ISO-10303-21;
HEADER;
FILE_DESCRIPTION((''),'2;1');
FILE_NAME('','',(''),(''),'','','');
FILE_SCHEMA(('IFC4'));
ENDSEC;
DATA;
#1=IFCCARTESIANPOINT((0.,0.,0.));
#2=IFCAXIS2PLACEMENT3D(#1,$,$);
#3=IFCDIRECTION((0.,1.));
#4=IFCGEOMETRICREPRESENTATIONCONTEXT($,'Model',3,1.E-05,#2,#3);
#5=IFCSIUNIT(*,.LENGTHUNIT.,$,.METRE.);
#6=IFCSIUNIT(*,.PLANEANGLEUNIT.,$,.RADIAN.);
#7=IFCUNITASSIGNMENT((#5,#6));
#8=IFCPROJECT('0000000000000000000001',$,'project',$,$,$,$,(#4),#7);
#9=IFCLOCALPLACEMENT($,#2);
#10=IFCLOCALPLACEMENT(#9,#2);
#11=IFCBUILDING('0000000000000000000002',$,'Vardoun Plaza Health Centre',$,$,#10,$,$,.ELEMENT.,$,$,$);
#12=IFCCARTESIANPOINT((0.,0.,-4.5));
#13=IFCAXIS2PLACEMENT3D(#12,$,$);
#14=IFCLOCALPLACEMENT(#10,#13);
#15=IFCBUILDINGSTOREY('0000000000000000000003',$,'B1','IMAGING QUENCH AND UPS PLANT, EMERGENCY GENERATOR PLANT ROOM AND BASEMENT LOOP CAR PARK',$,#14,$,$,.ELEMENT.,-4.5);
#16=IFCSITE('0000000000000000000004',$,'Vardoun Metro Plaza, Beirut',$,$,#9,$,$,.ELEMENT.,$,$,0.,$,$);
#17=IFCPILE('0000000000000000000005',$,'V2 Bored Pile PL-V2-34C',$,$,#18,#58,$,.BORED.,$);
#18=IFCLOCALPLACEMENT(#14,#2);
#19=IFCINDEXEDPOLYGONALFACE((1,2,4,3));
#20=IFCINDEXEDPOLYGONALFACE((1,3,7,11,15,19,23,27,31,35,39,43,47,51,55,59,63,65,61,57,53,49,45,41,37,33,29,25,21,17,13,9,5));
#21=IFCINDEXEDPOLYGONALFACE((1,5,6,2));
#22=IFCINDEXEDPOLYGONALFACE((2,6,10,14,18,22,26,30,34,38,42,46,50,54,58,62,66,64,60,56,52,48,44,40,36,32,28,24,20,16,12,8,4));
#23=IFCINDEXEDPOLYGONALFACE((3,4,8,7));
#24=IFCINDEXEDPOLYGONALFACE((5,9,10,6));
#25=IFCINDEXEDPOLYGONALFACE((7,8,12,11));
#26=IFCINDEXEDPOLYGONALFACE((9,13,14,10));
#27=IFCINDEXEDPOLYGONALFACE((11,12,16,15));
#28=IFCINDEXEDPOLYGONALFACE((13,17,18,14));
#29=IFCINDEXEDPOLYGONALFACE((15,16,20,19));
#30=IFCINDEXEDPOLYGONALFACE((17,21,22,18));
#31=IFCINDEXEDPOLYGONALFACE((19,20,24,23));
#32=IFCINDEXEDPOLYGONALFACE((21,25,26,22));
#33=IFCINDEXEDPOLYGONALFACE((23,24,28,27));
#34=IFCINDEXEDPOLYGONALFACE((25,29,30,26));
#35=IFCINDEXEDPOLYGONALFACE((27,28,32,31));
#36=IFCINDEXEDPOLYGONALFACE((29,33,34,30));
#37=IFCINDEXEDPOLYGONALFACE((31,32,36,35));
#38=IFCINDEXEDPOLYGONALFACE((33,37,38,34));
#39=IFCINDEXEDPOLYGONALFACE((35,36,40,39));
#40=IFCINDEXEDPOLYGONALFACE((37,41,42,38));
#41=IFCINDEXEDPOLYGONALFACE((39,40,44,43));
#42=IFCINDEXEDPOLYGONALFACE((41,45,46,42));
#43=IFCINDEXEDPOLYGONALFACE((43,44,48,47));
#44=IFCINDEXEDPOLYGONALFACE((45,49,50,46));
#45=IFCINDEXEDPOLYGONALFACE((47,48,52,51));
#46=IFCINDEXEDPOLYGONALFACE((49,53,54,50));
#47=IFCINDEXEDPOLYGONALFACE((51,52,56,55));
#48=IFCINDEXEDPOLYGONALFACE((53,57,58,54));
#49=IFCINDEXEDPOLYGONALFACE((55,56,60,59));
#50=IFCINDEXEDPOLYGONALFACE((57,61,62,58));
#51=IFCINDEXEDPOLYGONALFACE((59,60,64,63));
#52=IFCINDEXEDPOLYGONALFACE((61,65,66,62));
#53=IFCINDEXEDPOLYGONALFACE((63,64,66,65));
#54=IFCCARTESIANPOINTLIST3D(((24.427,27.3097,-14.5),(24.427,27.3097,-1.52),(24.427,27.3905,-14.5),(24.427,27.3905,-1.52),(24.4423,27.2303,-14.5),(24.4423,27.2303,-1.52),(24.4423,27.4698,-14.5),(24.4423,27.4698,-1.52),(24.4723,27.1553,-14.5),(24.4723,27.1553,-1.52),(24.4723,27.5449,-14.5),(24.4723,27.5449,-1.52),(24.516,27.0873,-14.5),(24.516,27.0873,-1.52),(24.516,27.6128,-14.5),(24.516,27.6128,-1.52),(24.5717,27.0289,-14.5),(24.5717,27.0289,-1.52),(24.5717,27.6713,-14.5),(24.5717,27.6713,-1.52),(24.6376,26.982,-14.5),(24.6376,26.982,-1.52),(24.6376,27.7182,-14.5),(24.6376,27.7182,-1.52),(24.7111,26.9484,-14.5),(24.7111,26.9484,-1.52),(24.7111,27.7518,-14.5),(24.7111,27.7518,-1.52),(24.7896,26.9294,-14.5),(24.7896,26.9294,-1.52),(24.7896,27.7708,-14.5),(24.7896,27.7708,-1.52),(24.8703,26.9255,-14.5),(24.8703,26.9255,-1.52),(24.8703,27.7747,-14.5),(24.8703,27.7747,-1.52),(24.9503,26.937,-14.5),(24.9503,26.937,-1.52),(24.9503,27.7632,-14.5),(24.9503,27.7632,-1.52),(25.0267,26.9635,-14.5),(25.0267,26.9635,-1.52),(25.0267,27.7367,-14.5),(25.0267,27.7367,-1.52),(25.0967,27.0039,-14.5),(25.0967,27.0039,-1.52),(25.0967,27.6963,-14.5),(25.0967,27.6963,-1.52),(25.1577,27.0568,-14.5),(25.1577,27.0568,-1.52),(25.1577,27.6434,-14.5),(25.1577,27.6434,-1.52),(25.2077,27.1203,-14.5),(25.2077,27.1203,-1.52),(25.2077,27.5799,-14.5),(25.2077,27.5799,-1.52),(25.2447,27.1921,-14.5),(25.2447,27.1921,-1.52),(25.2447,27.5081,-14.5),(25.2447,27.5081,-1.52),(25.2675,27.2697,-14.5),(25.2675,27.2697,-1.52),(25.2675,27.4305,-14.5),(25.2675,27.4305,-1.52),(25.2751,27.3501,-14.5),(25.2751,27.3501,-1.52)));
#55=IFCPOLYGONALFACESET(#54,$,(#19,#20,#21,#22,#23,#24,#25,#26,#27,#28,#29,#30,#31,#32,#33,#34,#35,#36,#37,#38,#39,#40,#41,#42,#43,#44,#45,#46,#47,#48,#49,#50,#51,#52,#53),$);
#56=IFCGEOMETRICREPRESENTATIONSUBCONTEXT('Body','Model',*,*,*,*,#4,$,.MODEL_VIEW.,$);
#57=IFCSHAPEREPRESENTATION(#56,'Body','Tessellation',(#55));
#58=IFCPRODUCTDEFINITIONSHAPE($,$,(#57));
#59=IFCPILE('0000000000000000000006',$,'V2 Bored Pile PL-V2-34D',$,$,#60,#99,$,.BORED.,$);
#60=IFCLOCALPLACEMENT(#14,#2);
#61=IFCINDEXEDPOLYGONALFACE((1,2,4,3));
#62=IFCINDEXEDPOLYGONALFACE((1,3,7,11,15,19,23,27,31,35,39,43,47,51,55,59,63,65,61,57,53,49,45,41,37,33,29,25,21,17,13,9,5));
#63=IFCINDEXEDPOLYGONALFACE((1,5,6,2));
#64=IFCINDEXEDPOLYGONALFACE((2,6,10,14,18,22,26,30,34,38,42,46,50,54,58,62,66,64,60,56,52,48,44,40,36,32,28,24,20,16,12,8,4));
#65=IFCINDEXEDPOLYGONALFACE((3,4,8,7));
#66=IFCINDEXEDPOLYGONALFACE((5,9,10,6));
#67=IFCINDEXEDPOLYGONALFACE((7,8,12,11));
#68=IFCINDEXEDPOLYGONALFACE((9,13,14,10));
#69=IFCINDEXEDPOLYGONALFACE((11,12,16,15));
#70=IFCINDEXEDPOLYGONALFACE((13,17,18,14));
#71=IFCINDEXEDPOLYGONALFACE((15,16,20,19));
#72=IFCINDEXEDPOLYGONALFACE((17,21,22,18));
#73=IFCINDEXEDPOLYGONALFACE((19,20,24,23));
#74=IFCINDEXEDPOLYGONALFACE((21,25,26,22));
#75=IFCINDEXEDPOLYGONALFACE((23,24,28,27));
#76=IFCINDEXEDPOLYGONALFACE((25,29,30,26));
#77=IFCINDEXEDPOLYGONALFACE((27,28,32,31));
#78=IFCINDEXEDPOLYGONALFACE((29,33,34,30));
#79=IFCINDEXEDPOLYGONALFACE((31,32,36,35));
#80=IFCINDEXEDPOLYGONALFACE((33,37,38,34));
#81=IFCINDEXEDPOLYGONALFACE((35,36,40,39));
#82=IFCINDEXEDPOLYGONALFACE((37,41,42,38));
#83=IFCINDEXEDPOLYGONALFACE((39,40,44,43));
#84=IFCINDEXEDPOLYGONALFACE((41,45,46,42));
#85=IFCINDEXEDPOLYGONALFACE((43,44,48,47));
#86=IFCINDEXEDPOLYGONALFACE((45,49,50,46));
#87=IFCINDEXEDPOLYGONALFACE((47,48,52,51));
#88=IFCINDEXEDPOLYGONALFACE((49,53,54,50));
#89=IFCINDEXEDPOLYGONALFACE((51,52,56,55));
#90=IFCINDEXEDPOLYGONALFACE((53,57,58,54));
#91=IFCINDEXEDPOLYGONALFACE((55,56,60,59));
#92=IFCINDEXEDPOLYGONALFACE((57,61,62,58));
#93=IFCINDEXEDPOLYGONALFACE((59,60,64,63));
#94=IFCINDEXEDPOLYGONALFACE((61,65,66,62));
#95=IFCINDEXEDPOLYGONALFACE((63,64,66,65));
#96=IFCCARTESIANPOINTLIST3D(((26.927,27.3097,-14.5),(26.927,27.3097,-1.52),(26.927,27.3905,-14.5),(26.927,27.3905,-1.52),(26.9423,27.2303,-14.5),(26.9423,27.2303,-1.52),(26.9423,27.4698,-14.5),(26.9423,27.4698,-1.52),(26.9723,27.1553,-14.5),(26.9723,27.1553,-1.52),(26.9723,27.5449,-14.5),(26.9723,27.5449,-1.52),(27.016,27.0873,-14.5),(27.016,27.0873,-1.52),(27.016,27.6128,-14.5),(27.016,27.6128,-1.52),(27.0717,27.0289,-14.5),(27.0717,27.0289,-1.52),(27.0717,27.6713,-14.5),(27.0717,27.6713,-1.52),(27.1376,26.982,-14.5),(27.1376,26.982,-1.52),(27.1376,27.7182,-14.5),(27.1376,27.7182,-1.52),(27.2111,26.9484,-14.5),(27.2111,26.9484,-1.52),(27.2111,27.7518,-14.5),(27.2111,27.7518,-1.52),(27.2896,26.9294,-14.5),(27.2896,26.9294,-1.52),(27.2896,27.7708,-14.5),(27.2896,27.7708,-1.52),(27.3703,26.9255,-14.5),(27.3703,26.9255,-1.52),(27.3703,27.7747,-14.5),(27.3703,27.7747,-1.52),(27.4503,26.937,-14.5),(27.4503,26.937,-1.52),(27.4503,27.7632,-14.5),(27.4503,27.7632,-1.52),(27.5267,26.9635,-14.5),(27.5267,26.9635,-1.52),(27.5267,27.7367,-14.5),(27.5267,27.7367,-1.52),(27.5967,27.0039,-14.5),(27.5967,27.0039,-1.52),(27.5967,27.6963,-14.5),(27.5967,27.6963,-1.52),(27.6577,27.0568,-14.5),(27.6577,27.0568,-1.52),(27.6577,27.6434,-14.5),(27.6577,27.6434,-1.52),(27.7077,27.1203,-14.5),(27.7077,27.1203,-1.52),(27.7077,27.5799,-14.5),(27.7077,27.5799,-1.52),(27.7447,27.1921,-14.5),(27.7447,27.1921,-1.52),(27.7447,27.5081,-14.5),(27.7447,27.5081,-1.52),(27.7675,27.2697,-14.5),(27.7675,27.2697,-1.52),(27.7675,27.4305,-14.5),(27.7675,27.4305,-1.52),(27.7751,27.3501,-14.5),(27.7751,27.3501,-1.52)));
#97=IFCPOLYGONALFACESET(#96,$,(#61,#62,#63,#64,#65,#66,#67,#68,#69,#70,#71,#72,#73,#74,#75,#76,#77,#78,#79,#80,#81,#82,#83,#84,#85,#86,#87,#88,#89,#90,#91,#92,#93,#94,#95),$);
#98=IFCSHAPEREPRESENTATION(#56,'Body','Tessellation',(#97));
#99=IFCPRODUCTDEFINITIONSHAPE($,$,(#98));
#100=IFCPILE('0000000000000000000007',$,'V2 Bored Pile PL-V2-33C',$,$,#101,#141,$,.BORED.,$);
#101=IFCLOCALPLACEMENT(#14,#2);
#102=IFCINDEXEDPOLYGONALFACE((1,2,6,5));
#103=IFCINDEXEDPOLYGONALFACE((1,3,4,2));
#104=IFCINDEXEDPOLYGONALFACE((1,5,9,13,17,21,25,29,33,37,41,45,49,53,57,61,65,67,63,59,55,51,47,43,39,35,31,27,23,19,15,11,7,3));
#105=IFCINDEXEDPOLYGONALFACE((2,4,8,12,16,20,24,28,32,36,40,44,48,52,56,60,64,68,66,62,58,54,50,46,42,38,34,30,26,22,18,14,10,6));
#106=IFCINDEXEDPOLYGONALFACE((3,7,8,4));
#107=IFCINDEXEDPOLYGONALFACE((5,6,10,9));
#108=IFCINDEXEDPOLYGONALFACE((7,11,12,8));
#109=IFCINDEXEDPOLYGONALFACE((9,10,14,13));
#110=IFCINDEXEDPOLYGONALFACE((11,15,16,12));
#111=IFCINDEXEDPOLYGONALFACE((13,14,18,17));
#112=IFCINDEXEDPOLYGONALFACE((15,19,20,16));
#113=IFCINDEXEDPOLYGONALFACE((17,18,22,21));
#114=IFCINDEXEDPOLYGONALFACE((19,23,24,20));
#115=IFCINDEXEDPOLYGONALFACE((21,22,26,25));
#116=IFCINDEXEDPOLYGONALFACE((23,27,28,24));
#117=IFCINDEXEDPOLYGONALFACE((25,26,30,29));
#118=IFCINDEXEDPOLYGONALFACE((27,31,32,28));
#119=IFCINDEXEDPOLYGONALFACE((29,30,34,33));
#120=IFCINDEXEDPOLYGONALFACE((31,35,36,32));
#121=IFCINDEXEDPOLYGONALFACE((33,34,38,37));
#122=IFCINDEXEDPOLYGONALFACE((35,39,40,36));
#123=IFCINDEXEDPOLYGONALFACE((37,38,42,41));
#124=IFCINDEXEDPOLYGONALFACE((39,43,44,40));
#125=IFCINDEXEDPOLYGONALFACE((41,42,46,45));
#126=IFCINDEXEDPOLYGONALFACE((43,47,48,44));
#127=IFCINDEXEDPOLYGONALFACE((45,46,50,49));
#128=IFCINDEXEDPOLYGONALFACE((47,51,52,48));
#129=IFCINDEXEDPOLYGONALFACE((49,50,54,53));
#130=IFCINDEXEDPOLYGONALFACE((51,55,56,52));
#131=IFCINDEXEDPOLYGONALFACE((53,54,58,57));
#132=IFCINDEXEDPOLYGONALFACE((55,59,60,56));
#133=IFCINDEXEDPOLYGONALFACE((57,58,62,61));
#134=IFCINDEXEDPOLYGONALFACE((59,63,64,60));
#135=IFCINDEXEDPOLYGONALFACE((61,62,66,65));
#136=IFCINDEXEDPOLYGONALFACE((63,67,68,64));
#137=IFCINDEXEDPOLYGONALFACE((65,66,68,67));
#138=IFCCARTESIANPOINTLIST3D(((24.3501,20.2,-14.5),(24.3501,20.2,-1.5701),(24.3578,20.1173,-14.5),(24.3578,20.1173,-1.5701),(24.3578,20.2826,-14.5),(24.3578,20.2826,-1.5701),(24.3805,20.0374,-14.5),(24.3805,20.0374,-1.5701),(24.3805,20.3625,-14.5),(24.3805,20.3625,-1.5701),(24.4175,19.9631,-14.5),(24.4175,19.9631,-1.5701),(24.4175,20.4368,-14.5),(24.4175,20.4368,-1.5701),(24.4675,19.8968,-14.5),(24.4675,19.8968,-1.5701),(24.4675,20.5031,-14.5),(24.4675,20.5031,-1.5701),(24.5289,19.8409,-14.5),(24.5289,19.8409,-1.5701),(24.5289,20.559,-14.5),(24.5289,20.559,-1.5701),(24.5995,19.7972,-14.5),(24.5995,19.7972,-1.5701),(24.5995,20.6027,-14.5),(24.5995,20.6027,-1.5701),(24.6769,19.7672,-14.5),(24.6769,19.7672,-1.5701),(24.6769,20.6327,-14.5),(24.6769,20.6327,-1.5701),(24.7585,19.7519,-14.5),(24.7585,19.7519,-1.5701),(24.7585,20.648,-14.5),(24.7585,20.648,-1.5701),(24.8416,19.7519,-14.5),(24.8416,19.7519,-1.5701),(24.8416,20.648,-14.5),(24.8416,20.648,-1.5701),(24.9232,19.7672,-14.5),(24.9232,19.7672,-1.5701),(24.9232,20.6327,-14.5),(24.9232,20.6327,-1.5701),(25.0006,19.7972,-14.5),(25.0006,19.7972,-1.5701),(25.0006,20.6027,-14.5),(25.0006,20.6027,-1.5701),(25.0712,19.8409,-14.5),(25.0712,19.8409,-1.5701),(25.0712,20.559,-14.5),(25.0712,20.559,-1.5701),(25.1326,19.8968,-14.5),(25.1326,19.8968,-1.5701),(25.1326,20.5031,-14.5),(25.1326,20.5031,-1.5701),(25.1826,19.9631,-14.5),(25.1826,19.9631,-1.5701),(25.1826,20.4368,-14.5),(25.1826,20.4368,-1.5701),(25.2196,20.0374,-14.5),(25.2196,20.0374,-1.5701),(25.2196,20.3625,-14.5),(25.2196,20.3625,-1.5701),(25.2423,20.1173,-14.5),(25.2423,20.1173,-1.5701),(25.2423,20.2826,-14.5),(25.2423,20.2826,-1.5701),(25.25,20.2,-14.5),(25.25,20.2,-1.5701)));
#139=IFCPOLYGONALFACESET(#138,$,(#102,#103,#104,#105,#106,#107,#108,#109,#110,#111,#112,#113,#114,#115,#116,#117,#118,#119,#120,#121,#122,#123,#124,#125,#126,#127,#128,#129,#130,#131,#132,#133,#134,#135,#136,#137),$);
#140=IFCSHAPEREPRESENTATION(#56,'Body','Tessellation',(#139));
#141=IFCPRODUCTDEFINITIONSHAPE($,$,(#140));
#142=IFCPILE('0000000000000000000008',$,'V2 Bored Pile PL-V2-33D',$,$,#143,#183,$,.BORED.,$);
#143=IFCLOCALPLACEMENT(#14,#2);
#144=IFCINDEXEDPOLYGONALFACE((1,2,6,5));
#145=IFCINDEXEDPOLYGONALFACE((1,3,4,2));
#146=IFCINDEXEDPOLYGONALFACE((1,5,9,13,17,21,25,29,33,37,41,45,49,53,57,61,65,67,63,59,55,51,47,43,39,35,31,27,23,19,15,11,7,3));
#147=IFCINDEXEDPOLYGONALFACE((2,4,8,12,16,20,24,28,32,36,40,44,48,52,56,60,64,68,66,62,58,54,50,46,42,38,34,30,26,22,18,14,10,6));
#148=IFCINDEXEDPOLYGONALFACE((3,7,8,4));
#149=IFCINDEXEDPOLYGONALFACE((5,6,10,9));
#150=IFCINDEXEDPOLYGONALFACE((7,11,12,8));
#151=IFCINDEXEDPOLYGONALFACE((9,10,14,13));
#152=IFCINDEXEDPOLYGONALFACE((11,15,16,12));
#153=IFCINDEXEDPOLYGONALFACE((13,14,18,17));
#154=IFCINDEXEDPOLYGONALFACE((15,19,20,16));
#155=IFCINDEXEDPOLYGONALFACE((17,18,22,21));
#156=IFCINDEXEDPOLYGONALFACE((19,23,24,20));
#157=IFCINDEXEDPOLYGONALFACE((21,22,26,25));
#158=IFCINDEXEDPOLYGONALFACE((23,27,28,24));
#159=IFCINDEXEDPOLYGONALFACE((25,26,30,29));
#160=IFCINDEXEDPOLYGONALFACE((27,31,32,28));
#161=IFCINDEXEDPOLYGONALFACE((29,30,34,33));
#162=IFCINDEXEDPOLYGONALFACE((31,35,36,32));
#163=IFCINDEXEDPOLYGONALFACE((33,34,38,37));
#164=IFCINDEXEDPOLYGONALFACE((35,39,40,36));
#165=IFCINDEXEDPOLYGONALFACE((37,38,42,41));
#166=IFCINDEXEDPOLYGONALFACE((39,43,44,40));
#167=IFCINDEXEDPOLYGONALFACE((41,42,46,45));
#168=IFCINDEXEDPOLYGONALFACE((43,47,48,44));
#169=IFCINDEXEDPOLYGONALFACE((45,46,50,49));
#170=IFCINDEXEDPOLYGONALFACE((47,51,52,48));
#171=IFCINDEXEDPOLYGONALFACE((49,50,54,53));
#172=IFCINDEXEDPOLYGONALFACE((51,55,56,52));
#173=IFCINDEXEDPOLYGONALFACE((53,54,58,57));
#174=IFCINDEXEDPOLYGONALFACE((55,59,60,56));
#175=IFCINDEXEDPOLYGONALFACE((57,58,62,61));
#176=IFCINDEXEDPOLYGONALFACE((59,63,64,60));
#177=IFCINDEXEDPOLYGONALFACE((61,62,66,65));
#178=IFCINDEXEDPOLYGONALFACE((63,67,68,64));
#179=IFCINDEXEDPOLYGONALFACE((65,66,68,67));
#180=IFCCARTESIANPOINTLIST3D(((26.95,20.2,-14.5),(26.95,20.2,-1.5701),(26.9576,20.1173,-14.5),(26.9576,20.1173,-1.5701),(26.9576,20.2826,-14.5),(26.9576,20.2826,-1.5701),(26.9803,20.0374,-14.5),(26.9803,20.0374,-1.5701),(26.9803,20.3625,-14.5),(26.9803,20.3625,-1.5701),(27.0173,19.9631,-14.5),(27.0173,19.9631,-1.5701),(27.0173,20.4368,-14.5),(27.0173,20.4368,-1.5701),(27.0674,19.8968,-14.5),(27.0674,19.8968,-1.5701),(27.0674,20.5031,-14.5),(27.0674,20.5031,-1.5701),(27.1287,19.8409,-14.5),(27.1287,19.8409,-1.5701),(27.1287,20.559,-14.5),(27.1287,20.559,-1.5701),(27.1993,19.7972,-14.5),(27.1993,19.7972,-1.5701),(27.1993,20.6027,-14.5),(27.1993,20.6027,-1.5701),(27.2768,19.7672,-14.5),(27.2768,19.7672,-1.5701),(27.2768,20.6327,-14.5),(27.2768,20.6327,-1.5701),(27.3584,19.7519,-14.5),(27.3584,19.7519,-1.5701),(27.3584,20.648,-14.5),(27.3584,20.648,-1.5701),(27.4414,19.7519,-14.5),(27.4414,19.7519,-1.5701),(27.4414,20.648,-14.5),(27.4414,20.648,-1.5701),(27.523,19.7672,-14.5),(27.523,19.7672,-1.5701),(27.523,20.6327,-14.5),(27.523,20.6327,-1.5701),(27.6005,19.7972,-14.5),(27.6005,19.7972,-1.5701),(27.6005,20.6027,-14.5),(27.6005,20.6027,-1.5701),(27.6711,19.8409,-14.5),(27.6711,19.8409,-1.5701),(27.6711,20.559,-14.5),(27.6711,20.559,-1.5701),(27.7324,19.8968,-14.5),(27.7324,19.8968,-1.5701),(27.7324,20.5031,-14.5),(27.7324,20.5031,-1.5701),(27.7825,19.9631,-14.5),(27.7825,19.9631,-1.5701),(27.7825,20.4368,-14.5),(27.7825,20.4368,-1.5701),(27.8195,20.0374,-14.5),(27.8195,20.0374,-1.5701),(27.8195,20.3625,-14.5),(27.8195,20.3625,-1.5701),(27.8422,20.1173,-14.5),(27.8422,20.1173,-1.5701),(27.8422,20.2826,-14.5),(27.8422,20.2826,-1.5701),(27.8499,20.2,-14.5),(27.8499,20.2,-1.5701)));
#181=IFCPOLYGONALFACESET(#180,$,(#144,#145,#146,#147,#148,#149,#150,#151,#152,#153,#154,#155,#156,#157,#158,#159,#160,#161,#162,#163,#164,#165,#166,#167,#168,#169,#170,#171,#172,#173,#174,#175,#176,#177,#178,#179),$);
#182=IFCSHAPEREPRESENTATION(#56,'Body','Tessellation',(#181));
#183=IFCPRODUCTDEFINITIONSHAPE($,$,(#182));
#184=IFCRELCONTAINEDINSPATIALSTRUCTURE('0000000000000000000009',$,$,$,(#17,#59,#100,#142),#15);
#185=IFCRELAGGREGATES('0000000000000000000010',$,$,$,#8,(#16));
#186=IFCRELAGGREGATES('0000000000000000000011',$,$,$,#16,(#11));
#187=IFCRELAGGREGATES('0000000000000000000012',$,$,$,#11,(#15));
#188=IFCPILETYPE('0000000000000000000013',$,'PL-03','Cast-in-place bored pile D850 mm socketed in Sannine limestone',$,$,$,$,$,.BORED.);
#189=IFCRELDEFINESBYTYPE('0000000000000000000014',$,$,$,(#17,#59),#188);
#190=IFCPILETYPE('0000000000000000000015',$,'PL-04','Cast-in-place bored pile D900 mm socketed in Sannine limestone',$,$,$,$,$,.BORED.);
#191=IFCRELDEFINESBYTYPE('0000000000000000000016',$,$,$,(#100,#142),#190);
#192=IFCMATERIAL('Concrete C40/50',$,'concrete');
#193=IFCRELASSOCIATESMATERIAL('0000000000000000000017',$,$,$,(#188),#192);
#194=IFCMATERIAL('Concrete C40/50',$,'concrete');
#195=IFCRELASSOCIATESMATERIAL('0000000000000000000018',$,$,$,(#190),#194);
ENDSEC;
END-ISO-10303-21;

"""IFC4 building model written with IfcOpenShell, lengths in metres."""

from ifc_helpers import new_model, si_unit, direction, frame, origin, origin_2d, place, context, subcontext, project, spatial, circle, extrude, material, material_profile, profile_set, type_object, element, save


model = new_model("IFC4")

# Units and contexts
model_context = context("Model", 3, precision=1e-05, world=origin(), true_north=direction((0.0, 1.0)))
body_context = subcontext(model_context, "Body", "Model", "MODEL_VIEW")
ifc_project = project(units=[si_unit("LENGTHUNIT", "METRE"), si_unit("PLANEANGLEUNIT", "RADIAN")], contexts=[model_context])

# Site, building, storey
site_placement = place(None, origin())
site = spatial("IfcSite", under=ifc_project, at=site_placement, Name="Vardoun Metro Plaza, Beirut", CompositionType="ELEMENT", RefElevation=0.0)
building_placement = place(site_placement, origin())
building = spatial("IfcBuilding", under=site, at=building_placement, Name="Vardoun Plaza Health Centre", CompositionType="ELEMENT")
storey_placement = place(building_placement, frame((0.0, 0.0, -4.5)))
storey = spatial("IfcBuildingStorey", under=building, at=storey_placement, Name="B1", Description="IMAGING QUENCH AND UPS PLANT, EMERGENCY GENERATOR PLANT ROOM AND BASEMENT LOOP CAR PARK", CompositionType="ELEMENT", Elevation=-4.5)

# Piles
ifc_material_1 = material(Name="Concrete C40/50", Category="concrete")
ifc_material_profile_1 = material_profile(ifc_material_1, circle(Radius=0.425, at=origin_2d()), Name="PILE D850")
ifc_profile_set_1 = profile_set([ifc_material_profile_1], Name="Concrete C40/50")
pile_type_1 = type_object("IfcPileType", Name="PL-03", Description="Cast-in-place bored pile D850 mm socketed in Sannine limestone", PredefinedType="BORED", material=ifc_profile_set_1)
for number, where, z_axis, x_axis, name in (
    (1, (24.8501, 27.3501, -1.52), (0.0, 0.0, -1.0), (1.0, 0.0, 0.0), "V2 Bored Pile PL-V2-34C"),
    (2, (27.3501, 27.3501, -1.52), (0.0, 0.0, -1.0), (1.0, 0.0, 0.0), "V2 Bored Pile PL-V2-34D"),
):
    element("IfcPile", number, at=place(storey_placement, frame(where, z_axis=z_axis, x_axis=x_axis)), inside=storey, type_object=pile_type_1, Name=name, PredefinedType="BORED", context=body_context, shape_type="SweptSolid", body=[
        extrude(circle(Radius=0.425, at=origin_2d()), origin(), (0.0, 0.0, 1.0), 12.98),
    ])
ifc_material_2 = material(Name="Concrete C40/50", Category="concrete")
ifc_material_profile_2 = material_profile(ifc_material_2, circle(Radius=0.45, at=origin_2d()), Name="PILE D900")
ifc_profile_set_2 = profile_set([ifc_material_profile_2], Name="Concrete C40/50")
pile_type_2 = type_object("IfcPileType", Name="PL-04", Description="Cast-in-place bored pile D900 mm socketed in Sannine limestone", PredefinedType="BORED", material=ifc_profile_set_2)
for number, where, z_axis, x_axis, name in (
    (3, (24.8, 20.2, -1.5701), (0.0, 0.0, -1.0), (1.0, 0.0, 0.0), "V2 Bored Pile PL-V2-33C"),
    (4, (27.3999, 20.2, -1.5701), (0.0, 0.0, -1.0), (1.0, 0.0, 0.0), "V2 Bored Pile PL-V2-33D"),
):
    element("IfcPile", number, at=place(storey_placement, frame(where, z_axis=z_axis, x_axis=x_axis)), inside=storey, type_object=pile_type_2, Name=name, PredefinedType="BORED", context=body_context, shape_type="SweptSolid", body=[
        extrude(circle(Radius=0.45, at=origin_2d()), origin(), (0.0, 0.0, 1.0), 12.9299),
    ])

save(model, "model.ifc")
